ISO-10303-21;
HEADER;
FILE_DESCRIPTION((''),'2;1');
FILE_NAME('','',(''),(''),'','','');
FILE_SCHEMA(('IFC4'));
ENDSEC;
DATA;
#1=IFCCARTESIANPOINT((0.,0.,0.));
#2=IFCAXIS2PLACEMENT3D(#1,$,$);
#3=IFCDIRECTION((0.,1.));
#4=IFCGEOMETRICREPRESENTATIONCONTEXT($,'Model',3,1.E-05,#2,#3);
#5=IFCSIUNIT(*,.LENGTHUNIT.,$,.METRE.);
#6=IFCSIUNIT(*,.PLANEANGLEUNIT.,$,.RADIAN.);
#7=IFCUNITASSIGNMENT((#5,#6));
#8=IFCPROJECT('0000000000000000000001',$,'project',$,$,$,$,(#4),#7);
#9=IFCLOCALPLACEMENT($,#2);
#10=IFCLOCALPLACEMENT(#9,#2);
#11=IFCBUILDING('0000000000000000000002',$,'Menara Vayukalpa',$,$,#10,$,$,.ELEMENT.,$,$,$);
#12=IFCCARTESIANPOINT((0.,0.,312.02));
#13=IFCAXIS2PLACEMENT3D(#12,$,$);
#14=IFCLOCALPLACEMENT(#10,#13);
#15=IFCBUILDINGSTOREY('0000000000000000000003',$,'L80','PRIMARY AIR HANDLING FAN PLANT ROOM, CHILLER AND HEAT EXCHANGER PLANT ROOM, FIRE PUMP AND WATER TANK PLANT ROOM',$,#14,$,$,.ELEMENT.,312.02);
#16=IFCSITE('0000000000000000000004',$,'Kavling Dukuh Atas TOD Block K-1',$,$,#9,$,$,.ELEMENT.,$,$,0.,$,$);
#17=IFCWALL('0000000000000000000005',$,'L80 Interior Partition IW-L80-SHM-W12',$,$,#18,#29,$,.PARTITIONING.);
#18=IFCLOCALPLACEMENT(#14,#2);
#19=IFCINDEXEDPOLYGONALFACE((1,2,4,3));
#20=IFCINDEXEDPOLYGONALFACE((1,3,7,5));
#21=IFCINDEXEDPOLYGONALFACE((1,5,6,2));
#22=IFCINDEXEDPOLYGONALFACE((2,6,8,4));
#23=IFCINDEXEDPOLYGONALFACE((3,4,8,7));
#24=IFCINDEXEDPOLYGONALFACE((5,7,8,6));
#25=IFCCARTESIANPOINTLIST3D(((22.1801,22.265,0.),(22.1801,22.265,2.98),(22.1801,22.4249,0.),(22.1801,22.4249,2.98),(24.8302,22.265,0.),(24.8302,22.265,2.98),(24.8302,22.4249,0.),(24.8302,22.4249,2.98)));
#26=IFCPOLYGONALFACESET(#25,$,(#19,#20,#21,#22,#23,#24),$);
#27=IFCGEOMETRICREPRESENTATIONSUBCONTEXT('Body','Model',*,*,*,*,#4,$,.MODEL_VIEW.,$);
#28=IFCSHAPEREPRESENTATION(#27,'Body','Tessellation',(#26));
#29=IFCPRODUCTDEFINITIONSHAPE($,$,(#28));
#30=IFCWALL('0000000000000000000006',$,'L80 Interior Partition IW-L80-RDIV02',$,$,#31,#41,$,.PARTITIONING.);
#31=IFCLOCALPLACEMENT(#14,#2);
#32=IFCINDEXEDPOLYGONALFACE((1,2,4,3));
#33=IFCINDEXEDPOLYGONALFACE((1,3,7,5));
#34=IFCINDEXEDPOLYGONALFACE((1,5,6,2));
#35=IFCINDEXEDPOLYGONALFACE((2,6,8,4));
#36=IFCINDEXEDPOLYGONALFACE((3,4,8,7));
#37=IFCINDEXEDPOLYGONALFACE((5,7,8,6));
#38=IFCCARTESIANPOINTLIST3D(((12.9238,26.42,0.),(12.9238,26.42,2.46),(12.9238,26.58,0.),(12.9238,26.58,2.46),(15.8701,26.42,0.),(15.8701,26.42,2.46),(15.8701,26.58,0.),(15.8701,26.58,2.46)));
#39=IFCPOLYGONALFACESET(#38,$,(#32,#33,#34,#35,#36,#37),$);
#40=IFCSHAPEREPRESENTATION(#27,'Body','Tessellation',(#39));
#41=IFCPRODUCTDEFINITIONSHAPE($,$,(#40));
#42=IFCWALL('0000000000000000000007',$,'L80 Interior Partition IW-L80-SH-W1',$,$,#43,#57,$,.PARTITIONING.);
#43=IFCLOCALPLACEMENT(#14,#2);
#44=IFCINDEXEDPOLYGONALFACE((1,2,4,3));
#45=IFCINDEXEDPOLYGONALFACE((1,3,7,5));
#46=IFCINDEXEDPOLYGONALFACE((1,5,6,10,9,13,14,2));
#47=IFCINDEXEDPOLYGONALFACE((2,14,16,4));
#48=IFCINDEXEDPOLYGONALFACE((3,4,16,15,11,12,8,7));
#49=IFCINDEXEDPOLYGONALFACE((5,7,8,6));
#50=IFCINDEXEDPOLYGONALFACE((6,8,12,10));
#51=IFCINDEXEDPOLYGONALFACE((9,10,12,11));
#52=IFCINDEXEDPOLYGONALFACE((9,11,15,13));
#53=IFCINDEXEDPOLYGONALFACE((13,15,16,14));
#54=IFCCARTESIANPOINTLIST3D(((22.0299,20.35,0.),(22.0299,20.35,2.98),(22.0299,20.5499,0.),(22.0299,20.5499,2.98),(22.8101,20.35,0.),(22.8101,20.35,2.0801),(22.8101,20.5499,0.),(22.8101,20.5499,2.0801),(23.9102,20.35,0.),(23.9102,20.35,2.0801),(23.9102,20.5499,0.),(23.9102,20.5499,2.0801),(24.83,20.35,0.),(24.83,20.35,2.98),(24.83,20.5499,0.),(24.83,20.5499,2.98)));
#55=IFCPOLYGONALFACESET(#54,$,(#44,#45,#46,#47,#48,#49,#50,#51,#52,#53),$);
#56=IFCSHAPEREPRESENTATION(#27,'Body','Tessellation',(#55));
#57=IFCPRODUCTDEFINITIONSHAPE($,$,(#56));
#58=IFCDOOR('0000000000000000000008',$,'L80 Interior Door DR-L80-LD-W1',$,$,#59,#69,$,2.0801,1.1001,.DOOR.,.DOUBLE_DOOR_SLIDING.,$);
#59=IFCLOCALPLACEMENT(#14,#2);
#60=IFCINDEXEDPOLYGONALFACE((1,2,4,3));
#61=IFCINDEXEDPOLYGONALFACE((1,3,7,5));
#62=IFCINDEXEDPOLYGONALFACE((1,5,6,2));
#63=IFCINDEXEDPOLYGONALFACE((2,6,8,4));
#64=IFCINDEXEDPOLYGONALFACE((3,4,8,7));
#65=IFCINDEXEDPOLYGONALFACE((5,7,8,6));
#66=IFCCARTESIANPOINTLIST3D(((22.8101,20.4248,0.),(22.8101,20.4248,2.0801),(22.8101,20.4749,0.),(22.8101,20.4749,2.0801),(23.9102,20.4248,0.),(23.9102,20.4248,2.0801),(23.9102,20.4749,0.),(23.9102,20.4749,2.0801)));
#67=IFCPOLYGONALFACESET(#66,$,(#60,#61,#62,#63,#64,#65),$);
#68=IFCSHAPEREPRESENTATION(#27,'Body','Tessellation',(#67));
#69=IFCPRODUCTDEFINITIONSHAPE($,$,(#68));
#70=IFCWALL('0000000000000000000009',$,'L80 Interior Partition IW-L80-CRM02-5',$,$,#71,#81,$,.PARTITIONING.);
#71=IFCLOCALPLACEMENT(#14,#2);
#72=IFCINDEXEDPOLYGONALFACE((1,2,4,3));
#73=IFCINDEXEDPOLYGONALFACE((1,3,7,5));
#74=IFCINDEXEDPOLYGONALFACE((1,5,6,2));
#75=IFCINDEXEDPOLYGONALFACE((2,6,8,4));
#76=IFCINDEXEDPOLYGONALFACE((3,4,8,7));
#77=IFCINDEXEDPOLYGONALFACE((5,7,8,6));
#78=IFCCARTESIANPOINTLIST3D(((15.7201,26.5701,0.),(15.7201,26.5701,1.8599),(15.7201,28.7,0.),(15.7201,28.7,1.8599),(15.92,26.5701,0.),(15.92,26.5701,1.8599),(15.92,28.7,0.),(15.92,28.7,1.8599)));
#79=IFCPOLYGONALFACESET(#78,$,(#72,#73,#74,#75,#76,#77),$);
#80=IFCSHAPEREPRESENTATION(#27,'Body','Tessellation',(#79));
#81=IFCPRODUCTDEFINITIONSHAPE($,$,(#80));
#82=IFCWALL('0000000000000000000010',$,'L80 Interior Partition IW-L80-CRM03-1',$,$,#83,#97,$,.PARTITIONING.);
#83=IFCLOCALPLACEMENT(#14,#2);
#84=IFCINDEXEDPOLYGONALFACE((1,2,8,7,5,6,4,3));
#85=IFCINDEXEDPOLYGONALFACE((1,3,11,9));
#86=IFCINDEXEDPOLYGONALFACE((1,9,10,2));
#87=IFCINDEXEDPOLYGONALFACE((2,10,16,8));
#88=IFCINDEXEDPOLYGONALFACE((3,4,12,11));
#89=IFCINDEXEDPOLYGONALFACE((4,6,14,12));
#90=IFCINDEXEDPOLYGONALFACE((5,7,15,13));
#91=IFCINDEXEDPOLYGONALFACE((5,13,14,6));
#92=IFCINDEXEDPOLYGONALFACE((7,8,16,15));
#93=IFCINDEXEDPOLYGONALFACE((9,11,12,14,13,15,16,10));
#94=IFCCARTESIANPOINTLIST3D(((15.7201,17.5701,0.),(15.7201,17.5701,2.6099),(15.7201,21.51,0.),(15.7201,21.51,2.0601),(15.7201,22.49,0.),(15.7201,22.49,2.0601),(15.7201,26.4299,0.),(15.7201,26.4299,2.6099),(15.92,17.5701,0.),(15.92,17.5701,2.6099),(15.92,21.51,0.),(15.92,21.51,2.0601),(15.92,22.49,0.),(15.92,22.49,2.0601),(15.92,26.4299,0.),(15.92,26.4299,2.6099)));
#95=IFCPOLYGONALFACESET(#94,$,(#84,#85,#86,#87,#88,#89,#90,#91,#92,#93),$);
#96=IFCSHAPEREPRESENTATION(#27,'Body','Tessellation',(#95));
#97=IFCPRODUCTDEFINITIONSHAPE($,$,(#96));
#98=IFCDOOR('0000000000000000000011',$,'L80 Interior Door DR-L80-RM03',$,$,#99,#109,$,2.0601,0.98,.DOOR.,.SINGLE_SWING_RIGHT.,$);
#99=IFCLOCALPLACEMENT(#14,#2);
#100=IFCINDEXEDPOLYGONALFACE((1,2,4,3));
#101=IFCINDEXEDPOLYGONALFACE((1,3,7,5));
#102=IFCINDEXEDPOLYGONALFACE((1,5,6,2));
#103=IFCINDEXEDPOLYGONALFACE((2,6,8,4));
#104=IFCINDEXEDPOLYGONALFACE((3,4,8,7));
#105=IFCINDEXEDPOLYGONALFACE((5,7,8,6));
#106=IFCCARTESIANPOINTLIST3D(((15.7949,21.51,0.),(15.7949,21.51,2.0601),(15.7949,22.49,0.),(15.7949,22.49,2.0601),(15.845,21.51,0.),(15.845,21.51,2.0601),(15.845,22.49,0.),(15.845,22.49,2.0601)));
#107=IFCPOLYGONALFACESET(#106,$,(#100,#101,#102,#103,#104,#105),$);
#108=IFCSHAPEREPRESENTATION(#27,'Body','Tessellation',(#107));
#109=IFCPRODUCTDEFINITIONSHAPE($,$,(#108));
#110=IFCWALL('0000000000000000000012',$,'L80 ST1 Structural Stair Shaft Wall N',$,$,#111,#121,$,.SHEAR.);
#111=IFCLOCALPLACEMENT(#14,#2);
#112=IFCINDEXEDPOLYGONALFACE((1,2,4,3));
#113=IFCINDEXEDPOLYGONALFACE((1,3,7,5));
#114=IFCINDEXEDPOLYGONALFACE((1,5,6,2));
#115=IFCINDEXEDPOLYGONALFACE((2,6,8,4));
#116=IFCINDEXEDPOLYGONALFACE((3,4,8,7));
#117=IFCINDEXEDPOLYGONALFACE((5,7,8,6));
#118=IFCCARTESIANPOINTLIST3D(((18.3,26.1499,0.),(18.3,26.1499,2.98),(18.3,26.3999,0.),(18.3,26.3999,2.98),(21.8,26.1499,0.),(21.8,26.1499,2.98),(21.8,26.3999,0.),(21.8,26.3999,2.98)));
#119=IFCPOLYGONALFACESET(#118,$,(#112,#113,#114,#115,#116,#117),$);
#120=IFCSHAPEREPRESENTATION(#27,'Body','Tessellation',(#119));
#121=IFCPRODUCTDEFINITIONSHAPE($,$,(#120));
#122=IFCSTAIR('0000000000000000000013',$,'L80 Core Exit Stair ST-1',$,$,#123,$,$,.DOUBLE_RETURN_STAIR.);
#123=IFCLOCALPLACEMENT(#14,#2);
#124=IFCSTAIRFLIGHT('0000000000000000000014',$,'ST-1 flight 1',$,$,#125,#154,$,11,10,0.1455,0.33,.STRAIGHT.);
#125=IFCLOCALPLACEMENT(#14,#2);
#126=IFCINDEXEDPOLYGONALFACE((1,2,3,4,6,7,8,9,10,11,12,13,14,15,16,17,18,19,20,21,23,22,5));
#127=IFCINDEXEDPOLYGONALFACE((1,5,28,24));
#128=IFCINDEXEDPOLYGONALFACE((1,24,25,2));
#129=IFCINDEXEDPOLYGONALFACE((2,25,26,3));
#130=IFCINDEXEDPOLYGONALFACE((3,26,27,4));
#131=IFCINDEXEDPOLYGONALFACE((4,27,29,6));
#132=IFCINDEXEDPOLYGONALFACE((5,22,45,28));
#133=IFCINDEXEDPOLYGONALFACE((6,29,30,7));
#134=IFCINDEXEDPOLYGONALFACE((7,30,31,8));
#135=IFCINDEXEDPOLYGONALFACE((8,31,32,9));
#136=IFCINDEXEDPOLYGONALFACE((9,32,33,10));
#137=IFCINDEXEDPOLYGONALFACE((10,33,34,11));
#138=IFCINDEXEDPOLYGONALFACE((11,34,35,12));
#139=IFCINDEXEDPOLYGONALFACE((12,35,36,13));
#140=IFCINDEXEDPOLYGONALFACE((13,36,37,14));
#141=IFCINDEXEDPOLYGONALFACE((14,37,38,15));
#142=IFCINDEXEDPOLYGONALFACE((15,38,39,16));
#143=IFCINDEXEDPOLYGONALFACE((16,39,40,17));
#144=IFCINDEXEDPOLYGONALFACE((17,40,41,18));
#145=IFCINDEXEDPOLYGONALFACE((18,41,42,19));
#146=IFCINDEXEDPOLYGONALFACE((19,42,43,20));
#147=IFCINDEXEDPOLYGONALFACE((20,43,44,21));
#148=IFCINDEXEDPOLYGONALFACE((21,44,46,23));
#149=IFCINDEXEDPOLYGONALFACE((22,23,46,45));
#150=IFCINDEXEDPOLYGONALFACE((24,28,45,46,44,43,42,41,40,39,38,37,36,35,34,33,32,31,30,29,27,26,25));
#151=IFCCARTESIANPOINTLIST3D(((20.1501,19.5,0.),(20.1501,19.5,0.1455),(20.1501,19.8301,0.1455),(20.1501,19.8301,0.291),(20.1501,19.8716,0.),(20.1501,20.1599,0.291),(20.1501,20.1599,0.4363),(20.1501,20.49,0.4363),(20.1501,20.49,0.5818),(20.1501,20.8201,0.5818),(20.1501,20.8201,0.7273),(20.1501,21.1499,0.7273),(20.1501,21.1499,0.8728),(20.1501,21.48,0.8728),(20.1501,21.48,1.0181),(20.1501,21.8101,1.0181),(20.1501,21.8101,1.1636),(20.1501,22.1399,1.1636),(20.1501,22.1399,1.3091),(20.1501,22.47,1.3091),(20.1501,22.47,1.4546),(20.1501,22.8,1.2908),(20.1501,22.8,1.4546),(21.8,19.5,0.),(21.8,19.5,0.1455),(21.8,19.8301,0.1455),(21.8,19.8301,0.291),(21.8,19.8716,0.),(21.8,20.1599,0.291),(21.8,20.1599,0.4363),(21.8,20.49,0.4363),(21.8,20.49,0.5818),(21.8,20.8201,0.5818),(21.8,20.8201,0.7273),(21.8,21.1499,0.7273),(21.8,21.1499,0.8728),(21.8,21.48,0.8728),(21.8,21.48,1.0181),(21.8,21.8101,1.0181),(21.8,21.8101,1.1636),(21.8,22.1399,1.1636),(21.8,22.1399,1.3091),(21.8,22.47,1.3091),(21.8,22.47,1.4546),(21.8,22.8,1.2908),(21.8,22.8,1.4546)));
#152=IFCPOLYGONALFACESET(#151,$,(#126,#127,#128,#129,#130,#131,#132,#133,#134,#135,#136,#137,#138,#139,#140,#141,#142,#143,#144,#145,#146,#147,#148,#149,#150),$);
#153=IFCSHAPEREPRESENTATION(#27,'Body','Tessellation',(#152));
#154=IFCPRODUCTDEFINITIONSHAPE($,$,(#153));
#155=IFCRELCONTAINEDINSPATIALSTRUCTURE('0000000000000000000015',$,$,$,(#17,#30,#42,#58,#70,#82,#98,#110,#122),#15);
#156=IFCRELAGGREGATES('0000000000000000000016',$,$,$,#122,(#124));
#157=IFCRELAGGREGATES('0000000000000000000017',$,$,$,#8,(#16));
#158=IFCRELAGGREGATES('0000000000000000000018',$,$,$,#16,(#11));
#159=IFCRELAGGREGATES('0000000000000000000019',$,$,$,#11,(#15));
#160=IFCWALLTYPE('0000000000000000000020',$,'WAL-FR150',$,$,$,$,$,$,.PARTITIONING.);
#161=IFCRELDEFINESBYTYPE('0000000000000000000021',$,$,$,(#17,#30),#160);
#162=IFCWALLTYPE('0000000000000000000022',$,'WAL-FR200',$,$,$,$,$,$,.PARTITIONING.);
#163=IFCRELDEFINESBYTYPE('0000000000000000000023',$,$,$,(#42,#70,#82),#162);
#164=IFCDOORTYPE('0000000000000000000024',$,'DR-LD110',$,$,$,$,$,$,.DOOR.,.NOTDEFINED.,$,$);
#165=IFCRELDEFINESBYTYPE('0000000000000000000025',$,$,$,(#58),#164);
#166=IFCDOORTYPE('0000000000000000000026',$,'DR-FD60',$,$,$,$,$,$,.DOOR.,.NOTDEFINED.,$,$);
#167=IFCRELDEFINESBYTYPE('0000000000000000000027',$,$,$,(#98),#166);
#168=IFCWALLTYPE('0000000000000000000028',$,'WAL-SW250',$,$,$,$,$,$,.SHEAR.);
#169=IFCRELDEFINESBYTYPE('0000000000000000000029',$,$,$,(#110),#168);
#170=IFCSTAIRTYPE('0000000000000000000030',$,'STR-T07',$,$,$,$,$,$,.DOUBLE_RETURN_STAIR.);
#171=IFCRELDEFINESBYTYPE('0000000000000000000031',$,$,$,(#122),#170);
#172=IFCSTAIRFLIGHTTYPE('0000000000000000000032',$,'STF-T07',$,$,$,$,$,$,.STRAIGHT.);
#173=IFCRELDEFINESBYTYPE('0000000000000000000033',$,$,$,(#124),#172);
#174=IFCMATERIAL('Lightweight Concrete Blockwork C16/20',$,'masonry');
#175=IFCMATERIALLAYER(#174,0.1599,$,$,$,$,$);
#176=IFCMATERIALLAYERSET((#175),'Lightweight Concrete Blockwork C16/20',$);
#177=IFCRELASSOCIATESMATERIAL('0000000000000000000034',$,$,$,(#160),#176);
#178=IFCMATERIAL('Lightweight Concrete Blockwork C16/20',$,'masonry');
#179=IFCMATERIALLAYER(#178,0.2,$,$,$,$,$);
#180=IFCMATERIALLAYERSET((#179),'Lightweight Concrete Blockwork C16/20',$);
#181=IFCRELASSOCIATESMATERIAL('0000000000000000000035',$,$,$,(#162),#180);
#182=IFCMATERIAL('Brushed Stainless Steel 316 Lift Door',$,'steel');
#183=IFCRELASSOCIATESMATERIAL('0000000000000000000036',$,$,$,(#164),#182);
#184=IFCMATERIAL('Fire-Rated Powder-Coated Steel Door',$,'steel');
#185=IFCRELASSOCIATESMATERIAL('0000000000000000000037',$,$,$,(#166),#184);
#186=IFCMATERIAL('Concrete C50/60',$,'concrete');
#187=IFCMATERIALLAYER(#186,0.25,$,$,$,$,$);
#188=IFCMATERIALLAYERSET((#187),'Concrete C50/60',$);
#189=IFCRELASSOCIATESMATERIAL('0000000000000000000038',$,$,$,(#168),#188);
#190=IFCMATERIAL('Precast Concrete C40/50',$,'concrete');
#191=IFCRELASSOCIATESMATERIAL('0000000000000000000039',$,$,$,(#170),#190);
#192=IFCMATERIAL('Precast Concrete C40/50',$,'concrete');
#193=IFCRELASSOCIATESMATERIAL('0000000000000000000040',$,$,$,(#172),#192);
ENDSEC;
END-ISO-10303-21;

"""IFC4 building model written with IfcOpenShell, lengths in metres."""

from ifc_helpers import new_model, si_unit, direction, frame, frame_2d, origin, place, context, subcontext, project, spatial, polyline, rectangle, outline, extrude, material, layer, layer_set, type_object, element, fill, aggregate, save


model = new_model("IFC4")

# Units and contexts
model_context = context("Model", 3, precision=1e-05, world=origin(), true_north=direction((0.0, 1.0)))
body_context = subcontext(model_context, "Body", "Model", "MODEL_VIEW")
ifc_project = project(units=[si_unit("LENGTHUNIT", "METRE"), si_unit("PLANEANGLEUNIT", "RADIAN")], contexts=[model_context])

# Site, building, storey
site_placement = place(None, origin())
site = spatial("IfcSite", under=ifc_project, at=site_placement, Name="Kavling Dukuh Atas TOD Block K-1", CompositionType="ELEMENT", RefElevation=0.0)
building_placement = place(site_placement, origin())
building = spatial("IfcBuilding", under=site, at=building_placement, Name="Menara Vayukalpa", CompositionType="ELEMENT")
storey_placement = place(building_placement, frame((0.0, 0.0, 312.02)))
storey = spatial("IfcBuildingStorey", under=building, at=storey_placement, Name="L80", Description="PRIMARY AIR HANDLING FAN PLANT ROOM, CHILLER AND HEAT EXCHANGER PLANT ROOM, FIRE PUMP AND WATER TANK PLANT ROOM", CompositionType="ELEMENT", Elevation=312.02)

# Walls
ifc_material_1 = material(Name="Lightweight Concrete Blockwork C16/20", Category="masonry")
ifc_layer_1 = layer(ifc_material_1, 0.1599)
ifc_layer_set_1 = layer_set([ifc_layer_1], Name="Lightweight Concrete Blockwork C16/20")
wall_type_1 = type_object("IfcWallType", Name="WAL-FR150", PredefinedType="PARTITIONING", material=ifc_layer_set_1)
wall_1_placement = place(storey_placement, frame((22.1799, 22.345, 0.0), z_axis=(0.0, 0.0, 1.0), x_axis=(1.0, 0.0, 0.0)))
element("IfcWall", 1, at=wall_1_placement, inside=storey, type_object=wall_type_1, Name="L80 Interior Partition IW-L80-SHM-W12", PredefinedType="PARTITIONING", context=body_context, shape_type="SweptSolid", body=[
    extrude(rectangle(XDim=2.6501, YDim=0.1599, at=frame_2d((1.3252, 0.0))), origin(), (0.0, 0.0, 1.0), 2.98),
])
wall_2_placement = place(storey_placement, frame((12.9238, 26.5, 0.0), z_axis=(0.0, 0.0, 1.0), x_axis=(1.0, 0.0, 0.0)))
element("IfcWall", 2, at=wall_2_placement, inside=storey, type_object=wall_type_1, Name="L80 Interior Partition IW-L80-RDIV02", PredefinedType="PARTITIONING", context=body_context, shape_type="SweptSolid", body=[
    extrude(rectangle(XDim=2.9463, YDim=0.1599, at=frame_2d((1.4731, 0.0))), origin(), (0.0, 0.0, 1.0), 2.46),
])

# Wall, opening, door
ifc_material_2 = material(Name="Lightweight Concrete Blockwork C16/20", Category="masonry")
ifc_layer_2 = layer(ifc_material_2, 0.2)
ifc_layer_set_2 = layer_set([ifc_layer_2], Name="Lightweight Concrete Blockwork C16/20")
wall_type_2 = type_object("IfcWallType", Name="WAL-FR200", PredefinedType="PARTITIONING", material=ifc_layer_set_2)
wall_3_placement = place(storey_placement, frame((22.03, 20.45, 0.0), z_axis=(0.0, 0.0, 1.0), x_axis=(1.0, 0.0, 0.0)))
wall_3 = element("IfcWall", 3, at=wall_3_placement, inside=storey, type_object=wall_type_2, Name="L80 Interior Partition IW-L80-SH-W1", PredefinedType="PARTITIONING", context=body_context, shape_type="SweptSolid", body=[
    extrude(rectangle(XDim=2.8, YDim=0.2, at=frame_2d((1.3999, 0.0))), origin(), (0.0, 0.0, 1.0), 2.98),
])
opening_1_placement = place(wall_3_placement, frame((0.78, 0.0, 0.0)))
opening_1 = element("IfcOpeningElement", 4, at=opening_1_placement, cuts=wall_3, PredefinedType="OPENING", context=body_context, shape_type="SweptSolid", body=[
    extrude(rectangle(XDim=1.1001, YDim=2.0801, at=frame_2d((0.55, 1.04))), frame((0.0, 0.1099, 0.0), z_axis=(0.0, -1.0, 0.0), x_axis=(1.0, 0.0, 0.0)), (0.0, 0.0, 1.0), 0.22),
])
ifc_material_3 = material(Name="Brushed Stainless Steel 316 Lift Door", Category="steel")
door_type_1 = type_object("IfcDoorType", Name="DR-LD110", OperationType="NOTDEFINED", PredefinedType="DOOR", material=ifc_material_3)
door_1_placement = place(opening_1_placement, origin())
door_1 = element("IfcDoor", 5, at=door_1_placement, inside=storey, type_object=door_type_1, Name="L80 Interior Door DR-L80-LD-W1", OperationType="DOUBLE_DOOR_SLIDING", OverallHeight=2.0801, OverallWidth=1.1001, PredefinedType="DOOR", context=body_context, shape_type="SweptSolid", body=[
    extrude(rectangle(XDim=1.1001, YDim=2.0801, at=frame_2d((0.55, 1.04))), frame((0.0, 0.0249, 0.0), z_axis=(0.0, -1.0, 0.0), x_axis=(1.0, 0.0, 0.0)), (0.0, 0.0, 1.0), 0.05),
])
fill(opening_1, door_1)

# Wall
wall_4_placement = place(storey_placement, frame((15.8201, 28.7, 0.0), z_axis=(0.0, 0.0, 1.0), x_axis=(0.0, -1.0, 0.0)))
element("IfcWall", 6, at=wall_4_placement, inside=storey, type_object=wall_type_2, Name="L80 Interior Partition IW-L80-CRM02-5", PredefinedType="PARTITIONING", context=body_context, shape_type="SweptSolid", body=[
    extrude(rectangle(XDim=2.1299, YDim=0.2, at=frame_2d((1.0649, 0.0))), origin(), (0.0, 0.0, 1.0), 1.8599),
])

# Wall, opening, door
wall_5_placement = place(storey_placement, frame((15.8201, 26.4299, 0.0), z_axis=(0.0, 0.0, 1.0), x_axis=(0.0, -1.0, 0.0)))
wall_5 = element("IfcWall", 7, at=wall_5_placement, inside=storey, type_object=wall_type_2, Name="L80 Interior Partition IW-L80-CRM03-1", PredefinedType="PARTITIONING", context=body_context, shape_type="SweptSolid", body=[
    extrude(rectangle(XDim=8.8599, YDim=0.2, at=frame_2d((4.4299, 0.0))), origin(), (0.0, 0.0, 1.0), 2.6099),
])
opening_2_placement = place(wall_5_placement, frame((3.9399, 0.0, 0.0)))
opening_2 = element("IfcOpeningElement", 8, at=opening_2_placement, cuts=wall_5, PredefinedType="OPENING", context=body_context, shape_type="SweptSolid", body=[
    extrude(rectangle(XDim=0.98, YDim=2.0601, at=frame_2d((0.49, 1.03))), frame((0.0, 0.1099, 0.0), z_axis=(0.0, -1.0, 0.0), x_axis=(1.0, 0.0, 0.0)), (0.0, 0.0, 1.0), 0.22),
])
ifc_material_4 = material(Name="Fire-Rated Powder-Coated Steel Door", Category="steel")
door_type_2 = type_object("IfcDoorType", Name="DR-FD60", OperationType="NOTDEFINED", PredefinedType="DOOR", material=ifc_material_4)
door_2_placement = place(opening_2_placement, origin())
door_2 = element("IfcDoor", 9, at=door_2_placement, inside=storey, type_object=door_type_2, Name="L80 Interior Door DR-L80-RM03", OperationType="SINGLE_SWING_RIGHT", OverallHeight=2.0601, OverallWidth=0.98, PredefinedType="DOOR", context=body_context, shape_type="SweptSolid", body=[
    extrude(rectangle(XDim=0.98, YDim=2.0601, at=frame_2d((0.49, 1.03))), frame((0.0, 0.0249, 0.0), z_axis=(0.0, -1.0, 0.0), x_axis=(1.0, 0.0, 0.0)), (0.0, 0.0, 1.0), 0.05),
])
fill(opening_2, door_2)

# Wall
ifc_material_5 = material(Name="Concrete C50/60", Category="concrete")
ifc_layer_3 = layer(ifc_material_5, 0.25)
ifc_layer_set_3 = layer_set([ifc_layer_3], Name="Concrete C50/60")
wall_type_3 = type_object("IfcWallType", Name="WAL-SW250", PredefinedType="SHEAR", material=ifc_layer_set_3)
wall_6_placement = place(storey_placement, frame((18.3, 26.2749, 0.0), z_axis=(0.0, 0.0, 1.0), x_axis=(1.0, 0.0, 0.0)))
element("IfcWall", 10, at=wall_6_placement, inside=storey, type_object=wall_type_3, Name="L80 ST1 Structural Stair Shaft Wall N", PredefinedType="SHEAR", context=body_context, shape_type="SweptSolid", body=[
    extrude(rectangle(XDim=3.5, YDim=0.25, at=frame_2d((1.75, 0.0))), origin(), (0.0, 0.0, 1.0), 2.98),
])

# Stair, stair flight
ifc_material_6 = material(Name="Precast Concrete C40/50", Category="concrete")
stair_type = type_object("IfcStairType", Name="STR-T07", PredefinedType="DOUBLE_RETURN_STAIR", material=ifc_material_6)
stair_placement = place(storey_placement, origin())
stair = element("IfcStair", 11, at=stair_placement, inside=storey, type_object=stair_type, Name="L80 Core Exit Stair ST-1", PredefinedType="DOUBLE_RETURN_STAIR")
ifc_material_7 = material(Name="Precast Concrete C40/50", Category="concrete")
stair_flight_type = type_object("IfcStairFlightType", Name="STF-T07", PredefinedType="STRAIGHT", material=ifc_material_7)
stair_flight_1_placement = place(storey_placement, frame((20.9751, 19.5, 0.0), z_axis=(0.0, 0.0, 1.0), x_axis=(0.0, 1.0, 0.0)))
stair_flight_1 = element("IfcStairFlight", 12, at=stair_flight_1_placement, type_object=stair_flight_type, Name="ST-1 flight 1", NumberOfRisers=11, NumberOfTreads=10, PredefinedType="STRAIGHT", RiserHeight=0.1455, TreadLength=0.33, context=body_context, shape_type="SweptSolid", body=[
    extrude(outline(polyline([(0.0, 0.0), (0.0, 0.1455), (0.3301, 0.1455), (0.3301, 0.291), (0.6599, 0.291), (0.6599, 0.4363), (0.99, 0.4363), (0.99, 0.5818), (1.3201, 0.5818), (1.3201, 0.7273), (1.6499, 0.7273), (1.6499, 0.8728), (1.98, 0.8728), (1.98, 1.0181), (2.3101, 1.0181), (2.3101, 1.1636), (2.6399, 1.1636), (2.6399, 1.3091), (2.97, 1.3091), (2.97, 1.4546), (3.3, 1.4546), (3.3, 1.6001), (3.3, 1.2908), (0.3716, 0.0), (0.0, 0.0)])), frame((0.0, 0.825, 0.0), z_axis=(0.0, -1.0, 0.0), x_axis=(1.0, 0.0, 0.0)), (0.0, 0.0, 1.0), 1.6499),
])
aggregate(stair, [stair_flight_1])

save(model, "model.ifc")
